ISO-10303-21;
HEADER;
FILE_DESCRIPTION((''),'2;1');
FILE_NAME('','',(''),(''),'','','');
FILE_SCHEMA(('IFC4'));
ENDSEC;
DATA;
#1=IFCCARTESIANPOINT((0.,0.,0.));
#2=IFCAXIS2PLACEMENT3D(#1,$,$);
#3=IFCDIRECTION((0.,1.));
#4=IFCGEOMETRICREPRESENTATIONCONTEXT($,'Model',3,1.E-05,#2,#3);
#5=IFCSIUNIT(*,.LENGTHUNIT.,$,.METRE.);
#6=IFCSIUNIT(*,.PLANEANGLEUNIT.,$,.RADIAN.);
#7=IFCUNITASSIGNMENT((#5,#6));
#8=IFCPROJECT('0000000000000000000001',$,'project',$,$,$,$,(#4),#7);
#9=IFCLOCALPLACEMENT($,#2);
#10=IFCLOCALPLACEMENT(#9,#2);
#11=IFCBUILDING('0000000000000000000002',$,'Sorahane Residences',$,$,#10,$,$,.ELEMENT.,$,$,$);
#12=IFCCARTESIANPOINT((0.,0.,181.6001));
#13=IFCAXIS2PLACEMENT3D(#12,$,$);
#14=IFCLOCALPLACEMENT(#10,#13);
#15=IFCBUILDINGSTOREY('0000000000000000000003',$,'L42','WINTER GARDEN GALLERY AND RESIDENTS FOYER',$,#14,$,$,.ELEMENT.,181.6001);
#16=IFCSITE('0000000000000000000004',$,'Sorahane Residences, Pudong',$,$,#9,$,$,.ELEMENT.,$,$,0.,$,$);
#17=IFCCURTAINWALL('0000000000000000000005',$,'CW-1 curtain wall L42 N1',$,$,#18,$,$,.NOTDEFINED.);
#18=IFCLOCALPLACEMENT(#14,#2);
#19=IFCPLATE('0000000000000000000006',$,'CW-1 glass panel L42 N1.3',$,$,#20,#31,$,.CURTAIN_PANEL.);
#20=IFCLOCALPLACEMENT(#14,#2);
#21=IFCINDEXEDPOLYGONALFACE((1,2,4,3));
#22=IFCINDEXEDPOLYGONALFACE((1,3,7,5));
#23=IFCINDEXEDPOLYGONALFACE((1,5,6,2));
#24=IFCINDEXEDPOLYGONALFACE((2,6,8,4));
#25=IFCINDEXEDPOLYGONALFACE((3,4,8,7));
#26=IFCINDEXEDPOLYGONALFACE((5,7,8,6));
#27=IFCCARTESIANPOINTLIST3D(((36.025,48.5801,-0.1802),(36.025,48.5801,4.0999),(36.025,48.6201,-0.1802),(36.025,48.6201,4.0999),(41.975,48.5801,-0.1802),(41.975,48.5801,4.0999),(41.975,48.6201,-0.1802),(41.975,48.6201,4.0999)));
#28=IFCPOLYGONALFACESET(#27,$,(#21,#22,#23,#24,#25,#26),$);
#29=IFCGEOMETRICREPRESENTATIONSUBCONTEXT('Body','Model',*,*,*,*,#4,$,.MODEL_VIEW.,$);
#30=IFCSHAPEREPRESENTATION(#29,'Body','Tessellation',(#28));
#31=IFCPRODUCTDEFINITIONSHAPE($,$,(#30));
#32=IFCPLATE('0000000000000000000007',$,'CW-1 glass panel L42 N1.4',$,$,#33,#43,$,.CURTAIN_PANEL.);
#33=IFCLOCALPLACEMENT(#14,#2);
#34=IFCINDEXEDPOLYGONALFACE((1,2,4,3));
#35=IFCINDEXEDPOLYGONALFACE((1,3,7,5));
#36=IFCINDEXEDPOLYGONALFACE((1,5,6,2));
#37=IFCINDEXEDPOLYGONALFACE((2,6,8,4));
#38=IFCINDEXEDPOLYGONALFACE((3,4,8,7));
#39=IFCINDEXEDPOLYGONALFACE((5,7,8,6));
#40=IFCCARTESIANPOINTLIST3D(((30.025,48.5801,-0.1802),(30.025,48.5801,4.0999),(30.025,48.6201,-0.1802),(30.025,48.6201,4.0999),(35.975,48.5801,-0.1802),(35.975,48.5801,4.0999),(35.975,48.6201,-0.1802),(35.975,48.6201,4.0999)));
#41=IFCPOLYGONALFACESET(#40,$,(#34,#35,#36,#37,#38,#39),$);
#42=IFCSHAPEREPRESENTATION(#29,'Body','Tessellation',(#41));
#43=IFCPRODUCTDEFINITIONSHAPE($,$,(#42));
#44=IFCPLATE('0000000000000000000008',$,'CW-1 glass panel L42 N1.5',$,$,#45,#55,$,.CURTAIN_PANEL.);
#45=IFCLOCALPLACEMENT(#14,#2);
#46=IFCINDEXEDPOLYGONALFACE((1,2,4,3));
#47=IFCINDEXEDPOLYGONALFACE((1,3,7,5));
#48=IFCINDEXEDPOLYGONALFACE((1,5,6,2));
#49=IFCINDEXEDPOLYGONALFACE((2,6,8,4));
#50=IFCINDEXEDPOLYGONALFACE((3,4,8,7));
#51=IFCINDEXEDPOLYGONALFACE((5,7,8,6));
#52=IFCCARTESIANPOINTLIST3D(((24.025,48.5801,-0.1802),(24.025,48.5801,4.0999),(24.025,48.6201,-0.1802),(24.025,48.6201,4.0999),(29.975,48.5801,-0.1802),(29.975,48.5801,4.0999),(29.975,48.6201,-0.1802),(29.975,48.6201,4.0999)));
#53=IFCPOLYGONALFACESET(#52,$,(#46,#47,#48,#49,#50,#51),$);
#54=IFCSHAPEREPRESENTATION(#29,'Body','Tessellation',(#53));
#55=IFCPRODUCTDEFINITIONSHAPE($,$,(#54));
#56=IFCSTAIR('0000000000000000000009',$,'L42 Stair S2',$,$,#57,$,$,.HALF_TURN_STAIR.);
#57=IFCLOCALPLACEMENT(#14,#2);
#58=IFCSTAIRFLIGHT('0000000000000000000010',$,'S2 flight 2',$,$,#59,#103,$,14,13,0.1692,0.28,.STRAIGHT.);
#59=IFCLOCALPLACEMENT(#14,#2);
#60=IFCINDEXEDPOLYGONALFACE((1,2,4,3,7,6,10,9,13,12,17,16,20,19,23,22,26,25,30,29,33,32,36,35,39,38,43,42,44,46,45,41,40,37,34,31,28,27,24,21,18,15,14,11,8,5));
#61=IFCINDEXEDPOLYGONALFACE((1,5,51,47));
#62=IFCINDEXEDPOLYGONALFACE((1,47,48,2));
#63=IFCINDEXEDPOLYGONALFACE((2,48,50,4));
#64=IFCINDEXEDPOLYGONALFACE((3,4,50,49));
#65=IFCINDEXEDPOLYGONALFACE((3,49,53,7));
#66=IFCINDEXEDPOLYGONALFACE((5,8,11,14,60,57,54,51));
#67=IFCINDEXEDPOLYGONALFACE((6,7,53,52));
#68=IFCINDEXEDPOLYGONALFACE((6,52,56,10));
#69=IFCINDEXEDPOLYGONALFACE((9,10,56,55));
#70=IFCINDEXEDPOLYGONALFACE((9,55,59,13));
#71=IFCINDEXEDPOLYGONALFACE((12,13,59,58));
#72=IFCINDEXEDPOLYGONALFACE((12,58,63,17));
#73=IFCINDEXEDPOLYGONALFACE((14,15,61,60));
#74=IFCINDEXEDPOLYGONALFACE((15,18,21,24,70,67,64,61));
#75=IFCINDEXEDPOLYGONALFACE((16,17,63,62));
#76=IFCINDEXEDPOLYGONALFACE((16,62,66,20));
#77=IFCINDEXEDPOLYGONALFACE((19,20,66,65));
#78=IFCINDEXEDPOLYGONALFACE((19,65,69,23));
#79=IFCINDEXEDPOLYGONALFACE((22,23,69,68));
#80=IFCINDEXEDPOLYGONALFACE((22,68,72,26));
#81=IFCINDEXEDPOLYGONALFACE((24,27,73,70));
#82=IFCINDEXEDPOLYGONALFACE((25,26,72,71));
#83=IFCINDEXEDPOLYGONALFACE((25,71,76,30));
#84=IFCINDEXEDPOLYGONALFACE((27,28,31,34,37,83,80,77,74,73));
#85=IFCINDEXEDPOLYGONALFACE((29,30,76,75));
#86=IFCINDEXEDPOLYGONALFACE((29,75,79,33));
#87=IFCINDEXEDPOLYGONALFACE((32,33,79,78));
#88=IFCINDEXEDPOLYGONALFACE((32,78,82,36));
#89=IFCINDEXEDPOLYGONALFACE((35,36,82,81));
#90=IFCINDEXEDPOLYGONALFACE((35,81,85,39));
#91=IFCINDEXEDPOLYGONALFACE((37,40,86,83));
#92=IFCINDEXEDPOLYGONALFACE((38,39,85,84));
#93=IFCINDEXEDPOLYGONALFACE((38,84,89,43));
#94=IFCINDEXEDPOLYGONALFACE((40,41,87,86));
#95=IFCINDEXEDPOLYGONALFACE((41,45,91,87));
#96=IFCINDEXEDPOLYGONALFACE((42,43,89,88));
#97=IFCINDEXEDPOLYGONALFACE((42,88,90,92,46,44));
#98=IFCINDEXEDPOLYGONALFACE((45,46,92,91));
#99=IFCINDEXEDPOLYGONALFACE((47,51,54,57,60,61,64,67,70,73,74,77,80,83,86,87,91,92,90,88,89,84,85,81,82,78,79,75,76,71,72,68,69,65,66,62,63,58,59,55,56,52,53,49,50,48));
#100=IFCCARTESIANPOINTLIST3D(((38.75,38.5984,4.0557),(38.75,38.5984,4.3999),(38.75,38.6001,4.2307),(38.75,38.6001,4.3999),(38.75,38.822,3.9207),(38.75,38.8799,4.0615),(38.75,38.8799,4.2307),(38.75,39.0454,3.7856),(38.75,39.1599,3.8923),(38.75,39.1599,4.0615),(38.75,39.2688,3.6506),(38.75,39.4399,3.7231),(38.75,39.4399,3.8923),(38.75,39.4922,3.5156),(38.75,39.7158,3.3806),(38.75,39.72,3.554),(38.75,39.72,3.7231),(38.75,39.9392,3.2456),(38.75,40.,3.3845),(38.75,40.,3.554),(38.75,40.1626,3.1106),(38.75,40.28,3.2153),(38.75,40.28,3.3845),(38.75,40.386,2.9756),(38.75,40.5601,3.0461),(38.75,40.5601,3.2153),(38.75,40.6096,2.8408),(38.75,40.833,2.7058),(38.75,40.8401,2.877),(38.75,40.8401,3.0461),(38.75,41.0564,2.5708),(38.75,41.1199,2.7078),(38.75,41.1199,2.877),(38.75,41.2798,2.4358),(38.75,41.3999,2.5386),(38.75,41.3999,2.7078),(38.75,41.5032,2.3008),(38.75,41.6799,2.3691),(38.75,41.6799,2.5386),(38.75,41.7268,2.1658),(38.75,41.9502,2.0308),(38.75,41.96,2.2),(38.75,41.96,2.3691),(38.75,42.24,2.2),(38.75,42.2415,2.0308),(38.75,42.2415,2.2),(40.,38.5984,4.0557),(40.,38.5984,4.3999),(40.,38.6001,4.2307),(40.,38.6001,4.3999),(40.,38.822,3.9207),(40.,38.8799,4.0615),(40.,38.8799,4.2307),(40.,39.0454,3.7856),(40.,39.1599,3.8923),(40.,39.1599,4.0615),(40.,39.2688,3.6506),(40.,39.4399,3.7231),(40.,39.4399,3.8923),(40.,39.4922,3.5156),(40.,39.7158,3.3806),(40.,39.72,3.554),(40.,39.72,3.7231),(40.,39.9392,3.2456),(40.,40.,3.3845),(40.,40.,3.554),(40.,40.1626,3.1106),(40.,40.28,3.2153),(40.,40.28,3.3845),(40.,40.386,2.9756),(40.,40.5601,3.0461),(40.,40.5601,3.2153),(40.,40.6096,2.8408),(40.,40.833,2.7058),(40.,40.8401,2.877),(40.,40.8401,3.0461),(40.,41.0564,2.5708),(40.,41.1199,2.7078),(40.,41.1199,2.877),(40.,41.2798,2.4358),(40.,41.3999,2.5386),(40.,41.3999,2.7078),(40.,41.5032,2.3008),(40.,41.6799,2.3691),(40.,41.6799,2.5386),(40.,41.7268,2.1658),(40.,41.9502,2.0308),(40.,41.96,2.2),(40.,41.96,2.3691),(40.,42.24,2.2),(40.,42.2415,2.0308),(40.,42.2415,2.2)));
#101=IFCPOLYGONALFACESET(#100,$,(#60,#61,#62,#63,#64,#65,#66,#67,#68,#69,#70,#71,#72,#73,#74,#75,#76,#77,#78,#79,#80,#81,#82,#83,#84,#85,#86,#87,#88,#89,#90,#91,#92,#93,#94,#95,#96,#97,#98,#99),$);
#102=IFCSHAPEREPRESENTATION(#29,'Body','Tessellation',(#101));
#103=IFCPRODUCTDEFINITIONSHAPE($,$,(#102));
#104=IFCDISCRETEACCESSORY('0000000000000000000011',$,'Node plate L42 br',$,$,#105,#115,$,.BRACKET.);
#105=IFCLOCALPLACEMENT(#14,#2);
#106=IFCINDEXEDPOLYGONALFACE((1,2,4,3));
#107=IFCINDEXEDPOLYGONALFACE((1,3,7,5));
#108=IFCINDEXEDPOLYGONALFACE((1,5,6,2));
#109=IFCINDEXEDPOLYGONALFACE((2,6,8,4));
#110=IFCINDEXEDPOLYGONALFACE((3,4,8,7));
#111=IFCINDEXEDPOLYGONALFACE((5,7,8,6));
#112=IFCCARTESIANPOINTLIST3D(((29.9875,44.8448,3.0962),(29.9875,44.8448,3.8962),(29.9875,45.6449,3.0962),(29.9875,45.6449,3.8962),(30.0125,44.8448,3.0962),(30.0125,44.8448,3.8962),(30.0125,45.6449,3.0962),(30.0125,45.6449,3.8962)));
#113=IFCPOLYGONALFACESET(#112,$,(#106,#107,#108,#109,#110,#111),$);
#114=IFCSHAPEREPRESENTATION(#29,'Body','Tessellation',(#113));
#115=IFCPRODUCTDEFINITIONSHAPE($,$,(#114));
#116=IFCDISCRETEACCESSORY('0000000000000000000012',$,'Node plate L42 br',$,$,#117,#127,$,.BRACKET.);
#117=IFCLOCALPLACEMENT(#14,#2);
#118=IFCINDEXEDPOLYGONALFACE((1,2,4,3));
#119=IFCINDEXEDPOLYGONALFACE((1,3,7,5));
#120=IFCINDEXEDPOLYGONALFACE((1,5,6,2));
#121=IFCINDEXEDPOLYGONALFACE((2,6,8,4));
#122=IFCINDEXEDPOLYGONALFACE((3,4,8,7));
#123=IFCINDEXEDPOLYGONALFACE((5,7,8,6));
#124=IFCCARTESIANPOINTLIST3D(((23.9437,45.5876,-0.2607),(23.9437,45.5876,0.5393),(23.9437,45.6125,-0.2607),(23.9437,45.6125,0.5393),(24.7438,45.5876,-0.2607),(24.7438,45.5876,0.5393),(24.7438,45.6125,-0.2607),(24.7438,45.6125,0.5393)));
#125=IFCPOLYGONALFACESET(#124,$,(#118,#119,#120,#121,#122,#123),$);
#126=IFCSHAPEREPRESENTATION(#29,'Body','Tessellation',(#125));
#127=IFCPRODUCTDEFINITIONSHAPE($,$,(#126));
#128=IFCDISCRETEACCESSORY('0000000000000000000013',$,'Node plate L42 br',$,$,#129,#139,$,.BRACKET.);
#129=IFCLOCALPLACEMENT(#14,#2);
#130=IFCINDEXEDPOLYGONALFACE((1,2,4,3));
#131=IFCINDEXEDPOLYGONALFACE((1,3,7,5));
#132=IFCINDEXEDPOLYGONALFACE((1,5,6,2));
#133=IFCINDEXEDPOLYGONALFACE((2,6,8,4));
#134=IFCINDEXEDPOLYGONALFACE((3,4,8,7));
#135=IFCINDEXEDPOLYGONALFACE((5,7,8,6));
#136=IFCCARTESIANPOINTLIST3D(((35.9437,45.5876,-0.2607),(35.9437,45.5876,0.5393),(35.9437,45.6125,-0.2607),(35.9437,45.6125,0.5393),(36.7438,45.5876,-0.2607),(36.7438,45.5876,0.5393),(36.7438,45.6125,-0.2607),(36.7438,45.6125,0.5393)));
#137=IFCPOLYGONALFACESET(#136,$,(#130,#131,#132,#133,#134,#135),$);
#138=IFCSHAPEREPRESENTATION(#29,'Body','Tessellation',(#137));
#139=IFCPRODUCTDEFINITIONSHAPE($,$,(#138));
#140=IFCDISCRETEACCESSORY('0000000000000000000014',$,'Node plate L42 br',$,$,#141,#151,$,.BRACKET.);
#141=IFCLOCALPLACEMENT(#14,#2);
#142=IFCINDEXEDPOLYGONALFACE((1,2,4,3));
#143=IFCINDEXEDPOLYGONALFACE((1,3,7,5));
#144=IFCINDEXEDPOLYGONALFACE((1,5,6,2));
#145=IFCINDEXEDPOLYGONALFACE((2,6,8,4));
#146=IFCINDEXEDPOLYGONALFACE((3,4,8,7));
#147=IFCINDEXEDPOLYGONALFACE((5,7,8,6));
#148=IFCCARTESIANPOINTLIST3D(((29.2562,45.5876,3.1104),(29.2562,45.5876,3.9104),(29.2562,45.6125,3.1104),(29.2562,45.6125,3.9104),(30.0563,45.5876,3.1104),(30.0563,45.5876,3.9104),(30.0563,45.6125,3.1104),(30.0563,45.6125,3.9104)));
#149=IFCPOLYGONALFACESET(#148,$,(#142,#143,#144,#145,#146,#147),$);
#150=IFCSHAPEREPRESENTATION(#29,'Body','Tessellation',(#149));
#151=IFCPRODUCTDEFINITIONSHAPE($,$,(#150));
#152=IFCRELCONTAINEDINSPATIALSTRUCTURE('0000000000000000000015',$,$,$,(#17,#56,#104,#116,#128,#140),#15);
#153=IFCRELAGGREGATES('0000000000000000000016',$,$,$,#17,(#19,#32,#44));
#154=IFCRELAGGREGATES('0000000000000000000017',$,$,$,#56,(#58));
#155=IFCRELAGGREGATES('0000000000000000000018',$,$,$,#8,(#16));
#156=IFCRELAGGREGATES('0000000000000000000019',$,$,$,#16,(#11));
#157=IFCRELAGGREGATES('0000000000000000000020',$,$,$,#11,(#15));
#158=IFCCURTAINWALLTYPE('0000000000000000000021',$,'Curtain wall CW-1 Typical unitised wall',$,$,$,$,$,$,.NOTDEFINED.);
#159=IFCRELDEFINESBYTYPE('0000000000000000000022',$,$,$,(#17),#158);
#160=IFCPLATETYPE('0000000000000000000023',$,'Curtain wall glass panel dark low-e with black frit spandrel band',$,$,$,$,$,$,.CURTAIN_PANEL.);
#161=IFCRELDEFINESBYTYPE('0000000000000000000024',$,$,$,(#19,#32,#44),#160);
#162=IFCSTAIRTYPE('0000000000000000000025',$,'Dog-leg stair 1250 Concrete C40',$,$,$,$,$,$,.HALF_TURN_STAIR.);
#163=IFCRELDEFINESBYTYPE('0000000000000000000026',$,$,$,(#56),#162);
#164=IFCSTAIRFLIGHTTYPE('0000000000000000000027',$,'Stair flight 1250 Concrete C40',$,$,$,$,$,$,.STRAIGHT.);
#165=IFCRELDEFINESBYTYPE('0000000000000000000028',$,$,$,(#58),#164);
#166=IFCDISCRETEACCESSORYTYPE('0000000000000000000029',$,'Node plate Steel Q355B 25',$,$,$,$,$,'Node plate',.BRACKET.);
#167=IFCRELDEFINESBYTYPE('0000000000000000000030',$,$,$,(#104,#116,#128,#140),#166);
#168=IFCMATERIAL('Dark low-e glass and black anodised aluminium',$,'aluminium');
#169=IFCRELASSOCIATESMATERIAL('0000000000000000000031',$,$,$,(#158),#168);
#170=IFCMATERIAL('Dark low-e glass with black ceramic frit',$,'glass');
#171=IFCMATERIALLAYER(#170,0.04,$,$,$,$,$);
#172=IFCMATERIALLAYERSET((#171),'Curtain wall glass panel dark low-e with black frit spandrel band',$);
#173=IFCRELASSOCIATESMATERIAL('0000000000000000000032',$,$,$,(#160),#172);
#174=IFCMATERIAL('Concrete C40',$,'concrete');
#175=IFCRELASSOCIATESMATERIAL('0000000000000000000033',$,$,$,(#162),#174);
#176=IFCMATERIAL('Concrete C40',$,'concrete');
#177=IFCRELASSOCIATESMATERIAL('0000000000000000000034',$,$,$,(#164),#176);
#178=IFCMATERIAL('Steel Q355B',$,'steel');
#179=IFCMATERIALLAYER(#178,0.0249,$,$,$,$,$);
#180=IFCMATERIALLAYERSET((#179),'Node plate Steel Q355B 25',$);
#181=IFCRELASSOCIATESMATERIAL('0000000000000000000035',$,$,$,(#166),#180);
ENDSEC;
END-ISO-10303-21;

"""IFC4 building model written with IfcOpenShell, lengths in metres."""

from ifc_helpers import new_model, si_unit, direction, frame, origin, origin_2d, place, context, subcontext, project, spatial, polyline, rectangle, outline, extrude, material, layer, layer_set, type_object, element, aggregate, save


model = new_model("IFC4")

# Units and contexts
model_context = context("Model", 3, precision=1e-05, world=origin(), true_north=direction((0.0, 1.0)))
body_context = subcontext(model_context, "Body", "Model", "MODEL_VIEW")
ifc_project = project(units=[si_unit("LENGTHUNIT", "METRE"), si_unit("PLANEANGLEUNIT", "RADIAN")], contexts=[model_context])

# Site, building, storey
site_placement = place(None, origin())
site = spatial("IfcSite", under=ifc_project, at=site_placement, Name="Sorahane Residences, Pudong", CompositionType="ELEMENT", RefElevation=0.0)
building_placement = place(site_placement, origin())
building = spatial("IfcBuilding", under=site, at=building_placement, Name="Sorahane Residences", CompositionType="ELEMENT")
storey_placement = place(building_placement, frame((0.0, 0.0, 181.6001)))
storey = spatial("IfcBuildingStorey", under=building, at=storey_placement, Name="L42", Description="WINTER GARDEN GALLERY AND RESIDENTS FOYER", CompositionType="ELEMENT", Elevation=181.6001)

# Curtain wall
ifc_material_1 = material(Name="Dark low-e glass and black anodised aluminium", Category="aluminium")
curtain_wall_type = type_object("IfcCurtainWallType", Name="Curtain wall CW-1 Typical unitised wall", PredefinedType="NOTDEFINED", material=ifc_material_1)
curtain_wall_placement = place(storey_placement, origin())
curtain_wall = element("IfcCurtainWall", 1, at=curtain_wall_placement, inside=storey, type_object=curtain_wall_type, Name="CW-1 curtain wall L42 N1", PredefinedType="NOTDEFINED")

# Plates
ifc_material_2 = material(Name="Dark low-e glass with black ceramic frit", Category="glass")
ifc_layer_1 = layer(ifc_material_2, 0.04)
ifc_layer_set_1 = layer_set([ifc_layer_1], Name="Curtain wall glass panel dark low-e with black frit spandrel band")
plate_type = type_object("IfcPlateType", Name="Curtain wall glass panel dark low-e with black frit spandrel band", PredefinedType="CURTAIN_PANEL", material=ifc_layer_set_1)
plate_1_placement = place(storey_placement, frame((39.0, 48.6001, -0.1802), z_axis=(0.0, 0.0, 1.0), x_axis=(-1.0, 0.0, 0.0)))
plate_1 = element("IfcPlate", 2, at=plate_1_placement, type_object=plate_type, Name="CW-1 glass panel L42 N1.3", PredefinedType="CURTAIN_PANEL", context=body_context, shape_type="SweptSolid", body=[
    extrude(rectangle(XDim=5.95, YDim=0.04, at=origin_2d()), origin(), (0.0, 0.0, 1.0), 4.28),
])
plate_2_placement = place(storey_placement, frame((33.0, 48.6001, -0.1802), z_axis=(0.0, 0.0, 1.0), x_axis=(-1.0, 0.0, 0.0)))
plate_2 = element("IfcPlate", 3, at=plate_2_placement, type_object=plate_type, Name="CW-1 glass panel L42 N1.4", PredefinedType="CURTAIN_PANEL", context=body_context, shape_type="SweptSolid", body=[
    extrude(rectangle(XDim=5.95, YDim=0.04, at=origin_2d()), origin(), (0.0, 0.0, 1.0), 4.28),
])
plate_3_placement = place(storey_placement, frame((27.0, 48.6001, -0.1802), z_axis=(0.0, 0.0, 1.0), x_axis=(-1.0, 0.0, 0.0)))
plate_3 = element("IfcPlate", 4, at=plate_3_placement, type_object=plate_type, Name="CW-1 glass panel L42 N1.5", PredefinedType="CURTAIN_PANEL", context=body_context, shape_type="SweptSolid", body=[
    extrude(rectangle(XDim=5.95, YDim=0.04, at=origin_2d()), origin(), (0.0, 0.0, 1.0), 4.28),
])
aggregate(curtain_wall, [plate_1, plate_2, plate_3])

# Stair, stair flight
ifc_material_3 = material(Name="Concrete C40", Category="concrete")
stair_type = type_object("IfcStairType", Name="Dog-leg stair 1250 Concrete C40", PredefinedType="HALF_TURN_STAIR", material=ifc_material_3)
stair_placement = place(storey_placement, origin())
stair = element("IfcStair", 5, at=stair_placement, inside=storey, type_object=stair_type, Name="L42 Stair S2", PredefinedType="HALF_TURN_STAIR")
ifc_material_4 = material(Name="Concrete C40", Category="concrete")
stair_flight_type = type_object("IfcStairFlightType", Name="Stair flight 1250 Concrete C40", PredefinedType="STRAIGHT", material=ifc_material_4)
stair_flight_placement = place(storey_placement, frame((39.375, 42.24, 2.0308), z_axis=(0.0, 0.0, 1.0), x_axis=(0.0, -1.0, 0.0)))
stair_flight = element("IfcStairFlight", 6, at=stair_flight_placement, type_object=stair_flight_type, Name="S2 flight 2", NumberOfRisers=14, NumberOfTreads=13, PredefinedType="STRAIGHT", RiserHeight=0.1692, TreadLength=0.28, context=body_context, shape_type="SweptSolid", body=[
    extrude(outline(polyline([(-0.0015, 0.0), (-0.0015, 0.1692), (0.0, 0.1692), (0.28, 0.1692), (0.28, 0.3384), (0.5601, 0.3384), (0.5601, 0.5078), (0.8401, 0.5078), (0.8401, 0.677), (1.1201, 0.677), (1.1201, 0.8462), (1.3999, 0.8462), (1.3999, 1.0154), (1.6799, 1.0154), (1.6799, 1.1846), (1.96, 1.1846), (1.96, 1.3538), (2.24, 1.3538), (2.24, 1.5232), (2.52, 1.5232), (2.52, 1.6924), (2.8, 1.6924), (2.8, 1.8616), (3.0801, 1.8616), (3.0801, 2.0308), (3.3601, 2.0308), (3.3601, 2.2), (3.6399, 2.2), (3.6399, 2.3691), (3.6416, 2.3691), (3.6416, 2.0249), (3.418, 1.8899), (3.1946, 1.7549), (2.9712, 1.6199), (2.7478, 1.4849), (2.5242, 1.3499), (2.3008, 1.2148), (2.0774, 1.0798), (1.854, 0.9448), (1.6304, 0.8101), (1.407, 0.675), (1.1836, 0.54), (0.9602, 0.405), (0.7368, 0.27), (0.5132, 0.135), (0.2898, 0.0), (-0.0015, 0.0)])), frame((0.0, 0.625, 0.0), z_axis=(0.0, -1.0, 0.0), x_axis=(1.0, 0.0, 0.0)), (0.0, 0.0, 1.0), 1.25),
])
aggregate(stair, [stair_flight])

# Discrete accessories
ifc_material_5 = material(Name="Steel Q355B", Category="steel")
ifc_layer_2 = layer(ifc_material_5, 0.0249)
ifc_layer_set_2 = layer_set([ifc_layer_2], Name="Node plate Steel Q355B 25")
discrete_accessory_type = type_object("IfcDiscreteAccessoryType", Name="Node plate Steel Q355B 25", ElementType="Node plate", PredefinedType="BRACKET", material=ifc_layer_set_2)
for number, where, z_axis, x_axis, name in (
    (7, (30.0, 45.2449, 3.0962), (0.0, 0.0, 1.0), (0.0, 1.0, 0.0), "Node plate L42 br"),
    (8, (24.3438, 45.6001, -0.2607), (0.0, 0.0, 1.0), (1.0, 0.0, 0.0), "Node plate L42 br"),
    (9, (36.3438, 45.6001, -0.2607), (0.0, 0.0, 1.0), (1.0, 0.0, 0.0), "Node plate L42 br"),
    (10, (29.6562, 45.6001, 3.1104), (0.0, 0.0, 1.0), (1.0, 0.0, 0.0), "Node plate L42 br"),
):
    element("IfcDiscreteAccessory", number, at=place(storey_placement, frame(where, z_axis=z_axis, x_axis=x_axis)), inside=storey, type_object=discrete_accessory_type, Name=name, PredefinedType="BRACKET", context=body_context, shape_type="SweptSolid", body=[
        extrude(rectangle(XDim=0.8, YDim=0.0249, at=origin_2d()), origin(), (0.0, 0.0, 1.0), 0.8),
    ])

save(model, "model.ifc")
